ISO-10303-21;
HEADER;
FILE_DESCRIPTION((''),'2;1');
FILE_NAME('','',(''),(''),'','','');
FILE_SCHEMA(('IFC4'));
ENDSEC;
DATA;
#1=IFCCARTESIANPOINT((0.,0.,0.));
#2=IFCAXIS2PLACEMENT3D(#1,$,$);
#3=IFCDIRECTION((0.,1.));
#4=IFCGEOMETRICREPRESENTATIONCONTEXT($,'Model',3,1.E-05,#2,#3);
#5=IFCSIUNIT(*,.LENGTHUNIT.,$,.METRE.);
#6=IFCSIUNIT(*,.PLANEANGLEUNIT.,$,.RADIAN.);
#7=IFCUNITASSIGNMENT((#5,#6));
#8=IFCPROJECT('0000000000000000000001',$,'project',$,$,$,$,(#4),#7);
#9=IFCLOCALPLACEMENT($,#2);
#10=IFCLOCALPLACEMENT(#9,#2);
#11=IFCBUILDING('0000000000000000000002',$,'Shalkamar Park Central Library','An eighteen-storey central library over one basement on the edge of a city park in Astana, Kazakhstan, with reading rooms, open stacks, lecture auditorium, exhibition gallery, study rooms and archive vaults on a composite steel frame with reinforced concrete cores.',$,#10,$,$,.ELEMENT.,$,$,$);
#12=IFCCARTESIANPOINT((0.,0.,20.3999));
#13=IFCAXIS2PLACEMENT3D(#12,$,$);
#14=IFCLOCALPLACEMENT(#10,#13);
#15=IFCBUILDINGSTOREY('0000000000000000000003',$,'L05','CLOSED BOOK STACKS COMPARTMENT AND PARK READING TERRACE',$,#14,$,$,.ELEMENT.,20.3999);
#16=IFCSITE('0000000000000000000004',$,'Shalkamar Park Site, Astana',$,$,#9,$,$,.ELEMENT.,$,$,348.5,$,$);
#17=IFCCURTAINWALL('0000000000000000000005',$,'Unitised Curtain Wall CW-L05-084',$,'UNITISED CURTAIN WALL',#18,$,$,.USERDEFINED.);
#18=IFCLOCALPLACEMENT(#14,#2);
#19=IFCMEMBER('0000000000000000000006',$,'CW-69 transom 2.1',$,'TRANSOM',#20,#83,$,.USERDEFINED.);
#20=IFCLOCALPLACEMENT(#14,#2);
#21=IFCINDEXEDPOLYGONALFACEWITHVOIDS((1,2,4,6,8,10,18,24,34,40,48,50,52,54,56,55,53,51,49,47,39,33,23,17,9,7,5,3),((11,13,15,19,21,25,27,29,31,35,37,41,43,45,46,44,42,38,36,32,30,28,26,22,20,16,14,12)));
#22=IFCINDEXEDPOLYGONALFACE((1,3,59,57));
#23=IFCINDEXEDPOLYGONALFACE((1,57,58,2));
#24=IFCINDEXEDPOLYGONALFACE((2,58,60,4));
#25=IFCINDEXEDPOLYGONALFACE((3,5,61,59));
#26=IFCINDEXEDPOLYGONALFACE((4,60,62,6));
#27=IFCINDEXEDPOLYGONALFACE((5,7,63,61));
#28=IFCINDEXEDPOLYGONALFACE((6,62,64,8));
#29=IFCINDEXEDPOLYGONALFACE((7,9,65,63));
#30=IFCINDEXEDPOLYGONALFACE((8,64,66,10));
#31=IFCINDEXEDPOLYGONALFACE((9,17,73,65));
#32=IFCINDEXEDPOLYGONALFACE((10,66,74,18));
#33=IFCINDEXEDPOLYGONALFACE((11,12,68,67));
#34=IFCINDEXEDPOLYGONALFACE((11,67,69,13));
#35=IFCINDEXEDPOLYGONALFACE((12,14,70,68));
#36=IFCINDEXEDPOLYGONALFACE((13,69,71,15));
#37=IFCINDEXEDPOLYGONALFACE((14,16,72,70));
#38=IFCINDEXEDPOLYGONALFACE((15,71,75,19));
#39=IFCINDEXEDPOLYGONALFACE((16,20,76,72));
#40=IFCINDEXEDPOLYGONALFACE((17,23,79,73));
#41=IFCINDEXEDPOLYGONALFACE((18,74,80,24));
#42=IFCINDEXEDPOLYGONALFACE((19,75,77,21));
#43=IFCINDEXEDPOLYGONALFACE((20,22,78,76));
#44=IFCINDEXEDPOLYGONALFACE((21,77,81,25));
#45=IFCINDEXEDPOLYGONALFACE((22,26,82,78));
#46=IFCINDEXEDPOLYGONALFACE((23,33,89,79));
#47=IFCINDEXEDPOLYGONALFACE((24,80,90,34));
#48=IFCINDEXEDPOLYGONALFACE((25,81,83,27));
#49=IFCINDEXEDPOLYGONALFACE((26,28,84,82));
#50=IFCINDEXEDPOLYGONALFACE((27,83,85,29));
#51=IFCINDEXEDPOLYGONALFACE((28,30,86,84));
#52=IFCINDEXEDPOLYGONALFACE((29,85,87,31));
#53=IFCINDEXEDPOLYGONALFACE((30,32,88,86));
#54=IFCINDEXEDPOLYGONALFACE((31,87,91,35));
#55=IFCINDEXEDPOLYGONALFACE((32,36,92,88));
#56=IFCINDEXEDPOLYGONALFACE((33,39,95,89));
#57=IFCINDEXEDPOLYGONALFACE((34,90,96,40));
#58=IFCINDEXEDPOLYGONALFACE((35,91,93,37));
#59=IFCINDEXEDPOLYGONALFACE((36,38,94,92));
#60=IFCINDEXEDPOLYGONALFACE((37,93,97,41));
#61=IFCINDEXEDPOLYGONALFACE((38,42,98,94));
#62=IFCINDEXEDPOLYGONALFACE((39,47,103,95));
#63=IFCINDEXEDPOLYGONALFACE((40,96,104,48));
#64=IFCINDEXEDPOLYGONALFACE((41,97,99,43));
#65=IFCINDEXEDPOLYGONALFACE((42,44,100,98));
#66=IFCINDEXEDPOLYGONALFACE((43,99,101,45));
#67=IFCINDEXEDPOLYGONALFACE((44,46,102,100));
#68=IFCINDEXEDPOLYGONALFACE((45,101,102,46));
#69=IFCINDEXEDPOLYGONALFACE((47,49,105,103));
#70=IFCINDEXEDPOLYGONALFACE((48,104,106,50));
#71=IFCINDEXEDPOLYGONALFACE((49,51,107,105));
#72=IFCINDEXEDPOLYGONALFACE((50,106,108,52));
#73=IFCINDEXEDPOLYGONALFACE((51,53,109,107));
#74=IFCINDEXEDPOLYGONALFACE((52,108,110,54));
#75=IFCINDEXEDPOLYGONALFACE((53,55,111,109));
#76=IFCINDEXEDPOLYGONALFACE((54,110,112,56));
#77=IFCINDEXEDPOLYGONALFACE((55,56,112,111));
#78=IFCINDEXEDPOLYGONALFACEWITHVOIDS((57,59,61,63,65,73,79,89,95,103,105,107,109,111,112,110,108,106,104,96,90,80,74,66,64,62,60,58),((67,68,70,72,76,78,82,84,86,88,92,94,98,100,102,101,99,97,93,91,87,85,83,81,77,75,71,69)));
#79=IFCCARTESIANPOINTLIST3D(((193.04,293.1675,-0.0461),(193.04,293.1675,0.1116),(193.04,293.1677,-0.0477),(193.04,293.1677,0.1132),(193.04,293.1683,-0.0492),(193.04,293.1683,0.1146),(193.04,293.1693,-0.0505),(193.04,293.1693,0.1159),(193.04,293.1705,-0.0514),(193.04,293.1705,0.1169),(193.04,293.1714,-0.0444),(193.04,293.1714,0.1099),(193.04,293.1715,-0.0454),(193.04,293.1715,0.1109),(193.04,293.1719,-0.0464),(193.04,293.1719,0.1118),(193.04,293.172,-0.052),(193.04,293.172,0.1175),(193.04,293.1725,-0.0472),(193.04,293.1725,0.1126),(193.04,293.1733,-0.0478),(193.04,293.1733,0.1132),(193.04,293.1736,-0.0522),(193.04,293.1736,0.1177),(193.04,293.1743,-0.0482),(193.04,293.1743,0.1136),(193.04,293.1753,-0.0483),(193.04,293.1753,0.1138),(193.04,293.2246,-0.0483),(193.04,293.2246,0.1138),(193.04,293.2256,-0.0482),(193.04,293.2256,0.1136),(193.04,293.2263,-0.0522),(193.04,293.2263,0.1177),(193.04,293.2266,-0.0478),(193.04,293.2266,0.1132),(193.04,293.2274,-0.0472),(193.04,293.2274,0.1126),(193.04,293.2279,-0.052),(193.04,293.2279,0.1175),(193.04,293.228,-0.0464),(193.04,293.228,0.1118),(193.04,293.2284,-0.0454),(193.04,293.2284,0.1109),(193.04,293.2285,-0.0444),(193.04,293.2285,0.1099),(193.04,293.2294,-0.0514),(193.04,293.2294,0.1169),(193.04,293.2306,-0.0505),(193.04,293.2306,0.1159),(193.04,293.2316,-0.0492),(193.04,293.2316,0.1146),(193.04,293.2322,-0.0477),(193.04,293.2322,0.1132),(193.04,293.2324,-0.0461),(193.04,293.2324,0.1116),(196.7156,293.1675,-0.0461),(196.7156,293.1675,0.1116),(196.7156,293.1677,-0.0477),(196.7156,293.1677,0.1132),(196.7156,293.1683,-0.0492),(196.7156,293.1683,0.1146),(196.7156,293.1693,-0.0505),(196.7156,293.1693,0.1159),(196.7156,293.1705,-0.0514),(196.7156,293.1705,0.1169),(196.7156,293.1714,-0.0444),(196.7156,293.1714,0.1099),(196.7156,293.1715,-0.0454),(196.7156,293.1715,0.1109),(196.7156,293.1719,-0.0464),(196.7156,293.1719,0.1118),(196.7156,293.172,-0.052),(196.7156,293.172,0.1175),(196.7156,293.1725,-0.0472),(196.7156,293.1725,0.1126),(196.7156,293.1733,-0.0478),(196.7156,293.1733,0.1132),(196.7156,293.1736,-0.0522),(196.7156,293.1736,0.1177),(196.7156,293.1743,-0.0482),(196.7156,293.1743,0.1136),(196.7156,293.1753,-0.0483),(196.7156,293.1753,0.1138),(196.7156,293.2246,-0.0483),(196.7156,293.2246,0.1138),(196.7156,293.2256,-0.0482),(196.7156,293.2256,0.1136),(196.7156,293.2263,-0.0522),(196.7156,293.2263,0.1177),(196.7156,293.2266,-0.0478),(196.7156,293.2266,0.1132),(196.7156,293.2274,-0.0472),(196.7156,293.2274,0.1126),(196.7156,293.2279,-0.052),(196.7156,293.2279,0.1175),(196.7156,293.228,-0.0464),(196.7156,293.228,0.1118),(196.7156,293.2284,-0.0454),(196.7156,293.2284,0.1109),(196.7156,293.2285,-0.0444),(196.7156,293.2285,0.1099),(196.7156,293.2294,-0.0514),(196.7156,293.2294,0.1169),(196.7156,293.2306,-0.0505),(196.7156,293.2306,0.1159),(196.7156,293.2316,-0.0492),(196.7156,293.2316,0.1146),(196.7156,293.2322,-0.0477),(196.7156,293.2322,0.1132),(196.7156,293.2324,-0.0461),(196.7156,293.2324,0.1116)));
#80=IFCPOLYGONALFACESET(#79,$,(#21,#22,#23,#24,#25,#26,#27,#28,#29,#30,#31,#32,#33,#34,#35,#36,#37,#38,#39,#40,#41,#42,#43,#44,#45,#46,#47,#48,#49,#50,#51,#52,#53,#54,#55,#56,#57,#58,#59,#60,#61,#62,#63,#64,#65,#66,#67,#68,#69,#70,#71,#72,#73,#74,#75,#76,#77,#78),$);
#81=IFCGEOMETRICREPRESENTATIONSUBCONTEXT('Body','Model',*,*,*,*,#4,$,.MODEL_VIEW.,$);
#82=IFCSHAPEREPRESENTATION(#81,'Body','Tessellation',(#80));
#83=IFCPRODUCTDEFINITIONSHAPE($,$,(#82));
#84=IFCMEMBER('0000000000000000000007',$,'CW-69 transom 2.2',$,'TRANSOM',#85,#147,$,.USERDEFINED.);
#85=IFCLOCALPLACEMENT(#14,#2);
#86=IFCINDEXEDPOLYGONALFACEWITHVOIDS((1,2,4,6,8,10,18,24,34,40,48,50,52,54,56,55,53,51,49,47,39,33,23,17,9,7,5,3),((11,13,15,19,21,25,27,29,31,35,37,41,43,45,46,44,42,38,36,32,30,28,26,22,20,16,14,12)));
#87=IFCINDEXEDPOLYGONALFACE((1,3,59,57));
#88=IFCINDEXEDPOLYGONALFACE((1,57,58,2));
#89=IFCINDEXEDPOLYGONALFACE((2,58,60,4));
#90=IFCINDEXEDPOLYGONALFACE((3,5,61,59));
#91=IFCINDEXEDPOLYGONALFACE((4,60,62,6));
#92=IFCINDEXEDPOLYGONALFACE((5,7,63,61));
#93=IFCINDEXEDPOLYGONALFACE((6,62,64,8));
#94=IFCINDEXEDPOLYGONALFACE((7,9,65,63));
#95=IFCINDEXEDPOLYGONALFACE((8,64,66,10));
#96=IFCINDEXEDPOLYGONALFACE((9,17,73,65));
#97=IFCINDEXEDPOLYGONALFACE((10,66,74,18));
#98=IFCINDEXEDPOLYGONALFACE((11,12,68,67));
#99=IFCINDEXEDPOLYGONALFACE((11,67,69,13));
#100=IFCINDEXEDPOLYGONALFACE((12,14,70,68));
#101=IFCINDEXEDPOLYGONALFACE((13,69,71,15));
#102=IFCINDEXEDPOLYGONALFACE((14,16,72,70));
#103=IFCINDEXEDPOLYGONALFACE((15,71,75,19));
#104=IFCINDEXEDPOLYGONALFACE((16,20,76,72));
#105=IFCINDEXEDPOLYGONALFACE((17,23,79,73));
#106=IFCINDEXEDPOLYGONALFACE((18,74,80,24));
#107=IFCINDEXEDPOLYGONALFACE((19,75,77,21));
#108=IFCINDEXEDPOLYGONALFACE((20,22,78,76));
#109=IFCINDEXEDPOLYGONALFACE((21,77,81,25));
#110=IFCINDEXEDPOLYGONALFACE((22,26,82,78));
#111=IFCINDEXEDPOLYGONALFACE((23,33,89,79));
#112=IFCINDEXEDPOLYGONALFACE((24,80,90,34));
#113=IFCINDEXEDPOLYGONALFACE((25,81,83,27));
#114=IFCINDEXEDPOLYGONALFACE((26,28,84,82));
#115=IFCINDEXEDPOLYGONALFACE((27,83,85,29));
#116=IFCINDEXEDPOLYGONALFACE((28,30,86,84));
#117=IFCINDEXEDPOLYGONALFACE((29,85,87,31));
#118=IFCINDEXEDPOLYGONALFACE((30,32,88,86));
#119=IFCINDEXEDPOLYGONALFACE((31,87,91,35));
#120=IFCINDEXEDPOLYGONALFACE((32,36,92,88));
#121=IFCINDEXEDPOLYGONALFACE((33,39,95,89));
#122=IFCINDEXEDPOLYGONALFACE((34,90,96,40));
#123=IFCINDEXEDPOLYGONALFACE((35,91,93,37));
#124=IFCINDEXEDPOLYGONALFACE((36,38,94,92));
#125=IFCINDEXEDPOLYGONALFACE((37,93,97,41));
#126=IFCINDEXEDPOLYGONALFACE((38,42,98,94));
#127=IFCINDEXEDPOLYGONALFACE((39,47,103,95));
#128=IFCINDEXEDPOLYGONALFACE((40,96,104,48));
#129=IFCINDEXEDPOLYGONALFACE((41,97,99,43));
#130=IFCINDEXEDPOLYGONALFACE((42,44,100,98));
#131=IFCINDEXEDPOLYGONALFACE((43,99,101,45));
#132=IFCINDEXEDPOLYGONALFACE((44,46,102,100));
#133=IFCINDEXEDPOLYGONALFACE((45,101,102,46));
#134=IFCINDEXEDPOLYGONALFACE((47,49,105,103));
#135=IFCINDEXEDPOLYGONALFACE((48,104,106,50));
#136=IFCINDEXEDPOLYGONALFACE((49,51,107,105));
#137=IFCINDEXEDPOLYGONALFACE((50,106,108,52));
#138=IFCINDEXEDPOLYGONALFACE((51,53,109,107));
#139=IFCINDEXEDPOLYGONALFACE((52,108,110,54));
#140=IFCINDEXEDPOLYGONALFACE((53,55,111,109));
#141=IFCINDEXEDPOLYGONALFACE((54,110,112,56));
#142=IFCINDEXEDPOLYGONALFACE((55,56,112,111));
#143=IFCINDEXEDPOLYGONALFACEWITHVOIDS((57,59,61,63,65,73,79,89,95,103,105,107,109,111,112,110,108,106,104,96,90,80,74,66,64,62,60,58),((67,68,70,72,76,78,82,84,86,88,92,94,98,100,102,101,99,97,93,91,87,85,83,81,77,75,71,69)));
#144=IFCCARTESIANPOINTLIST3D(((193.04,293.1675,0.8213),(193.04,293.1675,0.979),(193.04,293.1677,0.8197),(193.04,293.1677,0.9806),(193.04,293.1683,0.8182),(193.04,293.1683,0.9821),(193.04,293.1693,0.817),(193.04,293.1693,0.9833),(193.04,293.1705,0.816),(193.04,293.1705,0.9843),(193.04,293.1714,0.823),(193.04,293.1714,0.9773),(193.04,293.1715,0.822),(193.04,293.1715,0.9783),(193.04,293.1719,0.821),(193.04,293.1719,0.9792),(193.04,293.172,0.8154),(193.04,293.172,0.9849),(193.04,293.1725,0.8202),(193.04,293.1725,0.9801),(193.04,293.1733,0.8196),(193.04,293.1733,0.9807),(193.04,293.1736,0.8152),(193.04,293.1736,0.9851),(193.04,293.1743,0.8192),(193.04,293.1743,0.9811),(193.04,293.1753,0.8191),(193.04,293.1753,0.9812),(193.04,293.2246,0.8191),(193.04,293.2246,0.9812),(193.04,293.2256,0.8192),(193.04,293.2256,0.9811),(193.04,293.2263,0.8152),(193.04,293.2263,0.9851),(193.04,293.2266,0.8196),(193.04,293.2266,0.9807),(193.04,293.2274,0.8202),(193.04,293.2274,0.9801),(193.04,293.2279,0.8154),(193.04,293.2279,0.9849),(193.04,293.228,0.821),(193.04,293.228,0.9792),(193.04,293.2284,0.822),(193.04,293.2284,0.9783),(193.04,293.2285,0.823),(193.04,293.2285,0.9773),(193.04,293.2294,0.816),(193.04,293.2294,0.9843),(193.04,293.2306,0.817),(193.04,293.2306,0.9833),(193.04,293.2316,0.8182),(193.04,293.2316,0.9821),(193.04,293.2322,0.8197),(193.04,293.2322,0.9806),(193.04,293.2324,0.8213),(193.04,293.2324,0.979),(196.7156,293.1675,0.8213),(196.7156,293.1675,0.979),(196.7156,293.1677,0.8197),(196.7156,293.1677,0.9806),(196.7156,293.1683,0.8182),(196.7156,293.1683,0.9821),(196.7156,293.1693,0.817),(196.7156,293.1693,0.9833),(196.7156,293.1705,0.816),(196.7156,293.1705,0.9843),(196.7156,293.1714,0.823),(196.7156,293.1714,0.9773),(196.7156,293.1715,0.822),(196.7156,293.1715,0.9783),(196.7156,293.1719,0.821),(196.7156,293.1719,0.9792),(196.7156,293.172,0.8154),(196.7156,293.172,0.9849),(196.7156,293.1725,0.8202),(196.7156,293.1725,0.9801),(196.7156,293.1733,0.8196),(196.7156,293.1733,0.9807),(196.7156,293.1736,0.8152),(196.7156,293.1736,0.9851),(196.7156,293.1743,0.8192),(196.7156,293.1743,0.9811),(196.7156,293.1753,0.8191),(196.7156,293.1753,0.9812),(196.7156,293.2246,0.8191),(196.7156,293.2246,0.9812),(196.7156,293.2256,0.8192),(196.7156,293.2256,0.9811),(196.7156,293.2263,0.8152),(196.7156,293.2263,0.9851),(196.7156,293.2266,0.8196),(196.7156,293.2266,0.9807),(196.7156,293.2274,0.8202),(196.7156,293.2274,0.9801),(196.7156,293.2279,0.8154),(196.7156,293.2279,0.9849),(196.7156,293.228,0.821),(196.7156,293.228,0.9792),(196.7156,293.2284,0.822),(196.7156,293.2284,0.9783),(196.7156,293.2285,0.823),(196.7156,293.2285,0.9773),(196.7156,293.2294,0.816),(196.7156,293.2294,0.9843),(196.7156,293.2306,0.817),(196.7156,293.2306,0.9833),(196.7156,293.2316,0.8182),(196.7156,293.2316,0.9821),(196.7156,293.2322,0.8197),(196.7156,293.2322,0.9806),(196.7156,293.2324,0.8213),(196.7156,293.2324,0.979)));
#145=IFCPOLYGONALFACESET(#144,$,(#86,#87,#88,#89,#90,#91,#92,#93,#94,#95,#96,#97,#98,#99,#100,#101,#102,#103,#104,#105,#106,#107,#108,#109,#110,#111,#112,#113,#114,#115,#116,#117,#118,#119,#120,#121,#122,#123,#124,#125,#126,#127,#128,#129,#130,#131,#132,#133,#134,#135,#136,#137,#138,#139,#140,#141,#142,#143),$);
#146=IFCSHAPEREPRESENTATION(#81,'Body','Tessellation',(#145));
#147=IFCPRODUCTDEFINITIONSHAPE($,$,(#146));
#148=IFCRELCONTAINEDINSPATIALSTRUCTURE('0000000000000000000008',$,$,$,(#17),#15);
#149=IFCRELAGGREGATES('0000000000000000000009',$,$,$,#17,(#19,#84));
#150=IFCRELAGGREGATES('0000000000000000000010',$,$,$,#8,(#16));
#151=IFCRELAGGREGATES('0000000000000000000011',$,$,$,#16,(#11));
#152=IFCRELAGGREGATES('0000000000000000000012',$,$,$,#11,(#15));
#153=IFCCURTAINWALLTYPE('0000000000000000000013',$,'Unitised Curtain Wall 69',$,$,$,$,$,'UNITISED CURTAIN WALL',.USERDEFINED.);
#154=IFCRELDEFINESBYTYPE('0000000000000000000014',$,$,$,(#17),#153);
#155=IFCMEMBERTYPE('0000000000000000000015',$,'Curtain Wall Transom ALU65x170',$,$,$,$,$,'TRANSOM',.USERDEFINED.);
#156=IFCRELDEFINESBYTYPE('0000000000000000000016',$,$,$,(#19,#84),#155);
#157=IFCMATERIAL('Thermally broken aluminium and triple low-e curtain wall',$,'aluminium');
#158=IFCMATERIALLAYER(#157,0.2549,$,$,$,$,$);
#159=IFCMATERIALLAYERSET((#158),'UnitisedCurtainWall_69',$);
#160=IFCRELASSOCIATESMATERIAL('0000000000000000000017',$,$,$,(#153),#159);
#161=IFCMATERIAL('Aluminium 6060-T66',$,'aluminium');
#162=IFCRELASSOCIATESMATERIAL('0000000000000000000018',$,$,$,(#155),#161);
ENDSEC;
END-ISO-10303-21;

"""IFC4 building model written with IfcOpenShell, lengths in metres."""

from ifc_helpers import new_model, si_unit, direction, frame, origin, origin_2d, place, context, subcontext, project, spatial, hollow_rectangle, extrude, material, layer, layer_set, material_profile, profile_set, type_object, element, aggregate, save


model = new_model("IFC4")

# Units and contexts
model_context = context("Model", 3, precision=1e-05, world=origin(), true_north=direction((0.0, 1.0)))
body_context = subcontext(model_context, "Body", "Model", "MODEL_VIEW")
ifc_project = project(units=[si_unit("LENGTHUNIT", "METRE"), si_unit("PLANEANGLEUNIT", "RADIAN")], contexts=[model_context])

# Site, building, storey
site_placement = place(None, origin())
site = spatial("IfcSite", under=ifc_project, at=site_placement, Name="Shalkamar Park Site, Astana", CompositionType="ELEMENT", RefElevation=348.5)
building_placement = place(site_placement, origin())
building = spatial("IfcBuilding", under=site, at=building_placement, Name="Shalkamar Park Central Library", Description="An eighteen-storey central library over one basement on the edge of a city park in Astana, Kazakhstan, with reading rooms, open stacks, lecture auditorium, exhibition gallery, study rooms and archive vaults on a composite steel frame with reinforced concrete cores.", CompositionType="ELEMENT")
storey_placement = place(building_placement, frame((0.0, 0.0, 20.3999)))
storey = spatial("IfcBuildingStorey", under=building, at=storey_placement, Name="L05", Description="CLOSED BOOK STACKS COMPARTMENT AND PARK READING TERRACE", CompositionType="ELEMENT", Elevation=20.3999)

# Curtain wall, members
ifc_material_1 = material(Name="Thermally broken aluminium and triple low-e curtain wall", Category="aluminium")
ifc_layer_1 = layer(ifc_material_1, 0.2549)
ifc_layer_set_1 = layer_set([ifc_layer_1], Name="UnitisedCurtainWall_69")
curtain_wall_type = type_object("IfcCurtainWallType", Name="Unitised Curtain Wall 69", ElementType="UNITISED CURTAIN WALL", PredefinedType="USERDEFINED", material=ifc_layer_set_1)
curtain_wall_placement = place(storey_placement, origin())
curtain_wall = element("IfcCurtainWall", 1, at=curtain_wall_placement, inside=storey, type_object=curtain_wall_type, Name="Unitised Curtain Wall CW-L05-084", ObjectType="UNITISED CURTAIN WALL", PredefinedType="USERDEFINED")
ifc_material_2 = material(Name="Aluminium 6060-T66", Category="aluminium")
ifc_material_profile_1 = material_profile(ifc_material_2, hollow_rectangle(XDim=0.0649, YDim=0.1699, WallThickness=0.0039, InnerFilletRadius=0.0039, OuterFilletRadius=0.0061, at=origin_2d()), Name="ALU 65x170x4")
ifc_profile_set_1 = profile_set([ifc_material_profile_1], Name="Aluminium 6060-T66")
member_type_1 = type_object("IfcMemberType", Name="Curtain Wall Transom ALU65x170", ElementType="TRANSOM", PredefinedType="USERDEFINED", material=ifc_profile_set_1)
member_1_placement = place(storey_placement, frame((193.04, 293.2, 0.0327), z_axis=(1.0, 0.0, 0.0), x_axis=(0.0, 1.0, 0.0)))
member_1 = element("IfcMember", 2, at=member_1_placement, type_object=member_type_1, Name="CW-69 transom 2.1", ObjectType="TRANSOM", PredefinedType="USERDEFINED", context=body_context, shape_type="SweptSolid", body=[
    extrude(hollow_rectangle(XDim=0.0649, YDim=0.1699, WallThickness=0.0039, InnerFilletRadius=0.0039, OuterFilletRadius=0.0061, at=origin_2d()), origin(), (0.0, 0.0, 1.0), 3.6755),
])
member_2_placement = place(storey_placement, frame((193.04, 293.2, 0.9001), z_axis=(1.0, 0.0, 0.0), x_axis=(0.0, 1.0, 0.0)))
member_2 = element("IfcMember", 3, at=member_2_placement, type_object=member_type_1, Name="CW-69 transom 2.2", ObjectType="TRANSOM", PredefinedType="USERDEFINED", context=body_context, shape_type="SweptSolid", body=[
    extrude(hollow_rectangle(XDim=0.0649, YDim=0.1699, WallThickness=0.0039, InnerFilletRadius=0.0039, OuterFilletRadius=0.0061, at=origin_2d()), origin(), (0.0, 0.0, 1.0), 3.6755),
])

aggregate(curtain_wall, [member_1, member_2])

save(model, "model.ifc")
